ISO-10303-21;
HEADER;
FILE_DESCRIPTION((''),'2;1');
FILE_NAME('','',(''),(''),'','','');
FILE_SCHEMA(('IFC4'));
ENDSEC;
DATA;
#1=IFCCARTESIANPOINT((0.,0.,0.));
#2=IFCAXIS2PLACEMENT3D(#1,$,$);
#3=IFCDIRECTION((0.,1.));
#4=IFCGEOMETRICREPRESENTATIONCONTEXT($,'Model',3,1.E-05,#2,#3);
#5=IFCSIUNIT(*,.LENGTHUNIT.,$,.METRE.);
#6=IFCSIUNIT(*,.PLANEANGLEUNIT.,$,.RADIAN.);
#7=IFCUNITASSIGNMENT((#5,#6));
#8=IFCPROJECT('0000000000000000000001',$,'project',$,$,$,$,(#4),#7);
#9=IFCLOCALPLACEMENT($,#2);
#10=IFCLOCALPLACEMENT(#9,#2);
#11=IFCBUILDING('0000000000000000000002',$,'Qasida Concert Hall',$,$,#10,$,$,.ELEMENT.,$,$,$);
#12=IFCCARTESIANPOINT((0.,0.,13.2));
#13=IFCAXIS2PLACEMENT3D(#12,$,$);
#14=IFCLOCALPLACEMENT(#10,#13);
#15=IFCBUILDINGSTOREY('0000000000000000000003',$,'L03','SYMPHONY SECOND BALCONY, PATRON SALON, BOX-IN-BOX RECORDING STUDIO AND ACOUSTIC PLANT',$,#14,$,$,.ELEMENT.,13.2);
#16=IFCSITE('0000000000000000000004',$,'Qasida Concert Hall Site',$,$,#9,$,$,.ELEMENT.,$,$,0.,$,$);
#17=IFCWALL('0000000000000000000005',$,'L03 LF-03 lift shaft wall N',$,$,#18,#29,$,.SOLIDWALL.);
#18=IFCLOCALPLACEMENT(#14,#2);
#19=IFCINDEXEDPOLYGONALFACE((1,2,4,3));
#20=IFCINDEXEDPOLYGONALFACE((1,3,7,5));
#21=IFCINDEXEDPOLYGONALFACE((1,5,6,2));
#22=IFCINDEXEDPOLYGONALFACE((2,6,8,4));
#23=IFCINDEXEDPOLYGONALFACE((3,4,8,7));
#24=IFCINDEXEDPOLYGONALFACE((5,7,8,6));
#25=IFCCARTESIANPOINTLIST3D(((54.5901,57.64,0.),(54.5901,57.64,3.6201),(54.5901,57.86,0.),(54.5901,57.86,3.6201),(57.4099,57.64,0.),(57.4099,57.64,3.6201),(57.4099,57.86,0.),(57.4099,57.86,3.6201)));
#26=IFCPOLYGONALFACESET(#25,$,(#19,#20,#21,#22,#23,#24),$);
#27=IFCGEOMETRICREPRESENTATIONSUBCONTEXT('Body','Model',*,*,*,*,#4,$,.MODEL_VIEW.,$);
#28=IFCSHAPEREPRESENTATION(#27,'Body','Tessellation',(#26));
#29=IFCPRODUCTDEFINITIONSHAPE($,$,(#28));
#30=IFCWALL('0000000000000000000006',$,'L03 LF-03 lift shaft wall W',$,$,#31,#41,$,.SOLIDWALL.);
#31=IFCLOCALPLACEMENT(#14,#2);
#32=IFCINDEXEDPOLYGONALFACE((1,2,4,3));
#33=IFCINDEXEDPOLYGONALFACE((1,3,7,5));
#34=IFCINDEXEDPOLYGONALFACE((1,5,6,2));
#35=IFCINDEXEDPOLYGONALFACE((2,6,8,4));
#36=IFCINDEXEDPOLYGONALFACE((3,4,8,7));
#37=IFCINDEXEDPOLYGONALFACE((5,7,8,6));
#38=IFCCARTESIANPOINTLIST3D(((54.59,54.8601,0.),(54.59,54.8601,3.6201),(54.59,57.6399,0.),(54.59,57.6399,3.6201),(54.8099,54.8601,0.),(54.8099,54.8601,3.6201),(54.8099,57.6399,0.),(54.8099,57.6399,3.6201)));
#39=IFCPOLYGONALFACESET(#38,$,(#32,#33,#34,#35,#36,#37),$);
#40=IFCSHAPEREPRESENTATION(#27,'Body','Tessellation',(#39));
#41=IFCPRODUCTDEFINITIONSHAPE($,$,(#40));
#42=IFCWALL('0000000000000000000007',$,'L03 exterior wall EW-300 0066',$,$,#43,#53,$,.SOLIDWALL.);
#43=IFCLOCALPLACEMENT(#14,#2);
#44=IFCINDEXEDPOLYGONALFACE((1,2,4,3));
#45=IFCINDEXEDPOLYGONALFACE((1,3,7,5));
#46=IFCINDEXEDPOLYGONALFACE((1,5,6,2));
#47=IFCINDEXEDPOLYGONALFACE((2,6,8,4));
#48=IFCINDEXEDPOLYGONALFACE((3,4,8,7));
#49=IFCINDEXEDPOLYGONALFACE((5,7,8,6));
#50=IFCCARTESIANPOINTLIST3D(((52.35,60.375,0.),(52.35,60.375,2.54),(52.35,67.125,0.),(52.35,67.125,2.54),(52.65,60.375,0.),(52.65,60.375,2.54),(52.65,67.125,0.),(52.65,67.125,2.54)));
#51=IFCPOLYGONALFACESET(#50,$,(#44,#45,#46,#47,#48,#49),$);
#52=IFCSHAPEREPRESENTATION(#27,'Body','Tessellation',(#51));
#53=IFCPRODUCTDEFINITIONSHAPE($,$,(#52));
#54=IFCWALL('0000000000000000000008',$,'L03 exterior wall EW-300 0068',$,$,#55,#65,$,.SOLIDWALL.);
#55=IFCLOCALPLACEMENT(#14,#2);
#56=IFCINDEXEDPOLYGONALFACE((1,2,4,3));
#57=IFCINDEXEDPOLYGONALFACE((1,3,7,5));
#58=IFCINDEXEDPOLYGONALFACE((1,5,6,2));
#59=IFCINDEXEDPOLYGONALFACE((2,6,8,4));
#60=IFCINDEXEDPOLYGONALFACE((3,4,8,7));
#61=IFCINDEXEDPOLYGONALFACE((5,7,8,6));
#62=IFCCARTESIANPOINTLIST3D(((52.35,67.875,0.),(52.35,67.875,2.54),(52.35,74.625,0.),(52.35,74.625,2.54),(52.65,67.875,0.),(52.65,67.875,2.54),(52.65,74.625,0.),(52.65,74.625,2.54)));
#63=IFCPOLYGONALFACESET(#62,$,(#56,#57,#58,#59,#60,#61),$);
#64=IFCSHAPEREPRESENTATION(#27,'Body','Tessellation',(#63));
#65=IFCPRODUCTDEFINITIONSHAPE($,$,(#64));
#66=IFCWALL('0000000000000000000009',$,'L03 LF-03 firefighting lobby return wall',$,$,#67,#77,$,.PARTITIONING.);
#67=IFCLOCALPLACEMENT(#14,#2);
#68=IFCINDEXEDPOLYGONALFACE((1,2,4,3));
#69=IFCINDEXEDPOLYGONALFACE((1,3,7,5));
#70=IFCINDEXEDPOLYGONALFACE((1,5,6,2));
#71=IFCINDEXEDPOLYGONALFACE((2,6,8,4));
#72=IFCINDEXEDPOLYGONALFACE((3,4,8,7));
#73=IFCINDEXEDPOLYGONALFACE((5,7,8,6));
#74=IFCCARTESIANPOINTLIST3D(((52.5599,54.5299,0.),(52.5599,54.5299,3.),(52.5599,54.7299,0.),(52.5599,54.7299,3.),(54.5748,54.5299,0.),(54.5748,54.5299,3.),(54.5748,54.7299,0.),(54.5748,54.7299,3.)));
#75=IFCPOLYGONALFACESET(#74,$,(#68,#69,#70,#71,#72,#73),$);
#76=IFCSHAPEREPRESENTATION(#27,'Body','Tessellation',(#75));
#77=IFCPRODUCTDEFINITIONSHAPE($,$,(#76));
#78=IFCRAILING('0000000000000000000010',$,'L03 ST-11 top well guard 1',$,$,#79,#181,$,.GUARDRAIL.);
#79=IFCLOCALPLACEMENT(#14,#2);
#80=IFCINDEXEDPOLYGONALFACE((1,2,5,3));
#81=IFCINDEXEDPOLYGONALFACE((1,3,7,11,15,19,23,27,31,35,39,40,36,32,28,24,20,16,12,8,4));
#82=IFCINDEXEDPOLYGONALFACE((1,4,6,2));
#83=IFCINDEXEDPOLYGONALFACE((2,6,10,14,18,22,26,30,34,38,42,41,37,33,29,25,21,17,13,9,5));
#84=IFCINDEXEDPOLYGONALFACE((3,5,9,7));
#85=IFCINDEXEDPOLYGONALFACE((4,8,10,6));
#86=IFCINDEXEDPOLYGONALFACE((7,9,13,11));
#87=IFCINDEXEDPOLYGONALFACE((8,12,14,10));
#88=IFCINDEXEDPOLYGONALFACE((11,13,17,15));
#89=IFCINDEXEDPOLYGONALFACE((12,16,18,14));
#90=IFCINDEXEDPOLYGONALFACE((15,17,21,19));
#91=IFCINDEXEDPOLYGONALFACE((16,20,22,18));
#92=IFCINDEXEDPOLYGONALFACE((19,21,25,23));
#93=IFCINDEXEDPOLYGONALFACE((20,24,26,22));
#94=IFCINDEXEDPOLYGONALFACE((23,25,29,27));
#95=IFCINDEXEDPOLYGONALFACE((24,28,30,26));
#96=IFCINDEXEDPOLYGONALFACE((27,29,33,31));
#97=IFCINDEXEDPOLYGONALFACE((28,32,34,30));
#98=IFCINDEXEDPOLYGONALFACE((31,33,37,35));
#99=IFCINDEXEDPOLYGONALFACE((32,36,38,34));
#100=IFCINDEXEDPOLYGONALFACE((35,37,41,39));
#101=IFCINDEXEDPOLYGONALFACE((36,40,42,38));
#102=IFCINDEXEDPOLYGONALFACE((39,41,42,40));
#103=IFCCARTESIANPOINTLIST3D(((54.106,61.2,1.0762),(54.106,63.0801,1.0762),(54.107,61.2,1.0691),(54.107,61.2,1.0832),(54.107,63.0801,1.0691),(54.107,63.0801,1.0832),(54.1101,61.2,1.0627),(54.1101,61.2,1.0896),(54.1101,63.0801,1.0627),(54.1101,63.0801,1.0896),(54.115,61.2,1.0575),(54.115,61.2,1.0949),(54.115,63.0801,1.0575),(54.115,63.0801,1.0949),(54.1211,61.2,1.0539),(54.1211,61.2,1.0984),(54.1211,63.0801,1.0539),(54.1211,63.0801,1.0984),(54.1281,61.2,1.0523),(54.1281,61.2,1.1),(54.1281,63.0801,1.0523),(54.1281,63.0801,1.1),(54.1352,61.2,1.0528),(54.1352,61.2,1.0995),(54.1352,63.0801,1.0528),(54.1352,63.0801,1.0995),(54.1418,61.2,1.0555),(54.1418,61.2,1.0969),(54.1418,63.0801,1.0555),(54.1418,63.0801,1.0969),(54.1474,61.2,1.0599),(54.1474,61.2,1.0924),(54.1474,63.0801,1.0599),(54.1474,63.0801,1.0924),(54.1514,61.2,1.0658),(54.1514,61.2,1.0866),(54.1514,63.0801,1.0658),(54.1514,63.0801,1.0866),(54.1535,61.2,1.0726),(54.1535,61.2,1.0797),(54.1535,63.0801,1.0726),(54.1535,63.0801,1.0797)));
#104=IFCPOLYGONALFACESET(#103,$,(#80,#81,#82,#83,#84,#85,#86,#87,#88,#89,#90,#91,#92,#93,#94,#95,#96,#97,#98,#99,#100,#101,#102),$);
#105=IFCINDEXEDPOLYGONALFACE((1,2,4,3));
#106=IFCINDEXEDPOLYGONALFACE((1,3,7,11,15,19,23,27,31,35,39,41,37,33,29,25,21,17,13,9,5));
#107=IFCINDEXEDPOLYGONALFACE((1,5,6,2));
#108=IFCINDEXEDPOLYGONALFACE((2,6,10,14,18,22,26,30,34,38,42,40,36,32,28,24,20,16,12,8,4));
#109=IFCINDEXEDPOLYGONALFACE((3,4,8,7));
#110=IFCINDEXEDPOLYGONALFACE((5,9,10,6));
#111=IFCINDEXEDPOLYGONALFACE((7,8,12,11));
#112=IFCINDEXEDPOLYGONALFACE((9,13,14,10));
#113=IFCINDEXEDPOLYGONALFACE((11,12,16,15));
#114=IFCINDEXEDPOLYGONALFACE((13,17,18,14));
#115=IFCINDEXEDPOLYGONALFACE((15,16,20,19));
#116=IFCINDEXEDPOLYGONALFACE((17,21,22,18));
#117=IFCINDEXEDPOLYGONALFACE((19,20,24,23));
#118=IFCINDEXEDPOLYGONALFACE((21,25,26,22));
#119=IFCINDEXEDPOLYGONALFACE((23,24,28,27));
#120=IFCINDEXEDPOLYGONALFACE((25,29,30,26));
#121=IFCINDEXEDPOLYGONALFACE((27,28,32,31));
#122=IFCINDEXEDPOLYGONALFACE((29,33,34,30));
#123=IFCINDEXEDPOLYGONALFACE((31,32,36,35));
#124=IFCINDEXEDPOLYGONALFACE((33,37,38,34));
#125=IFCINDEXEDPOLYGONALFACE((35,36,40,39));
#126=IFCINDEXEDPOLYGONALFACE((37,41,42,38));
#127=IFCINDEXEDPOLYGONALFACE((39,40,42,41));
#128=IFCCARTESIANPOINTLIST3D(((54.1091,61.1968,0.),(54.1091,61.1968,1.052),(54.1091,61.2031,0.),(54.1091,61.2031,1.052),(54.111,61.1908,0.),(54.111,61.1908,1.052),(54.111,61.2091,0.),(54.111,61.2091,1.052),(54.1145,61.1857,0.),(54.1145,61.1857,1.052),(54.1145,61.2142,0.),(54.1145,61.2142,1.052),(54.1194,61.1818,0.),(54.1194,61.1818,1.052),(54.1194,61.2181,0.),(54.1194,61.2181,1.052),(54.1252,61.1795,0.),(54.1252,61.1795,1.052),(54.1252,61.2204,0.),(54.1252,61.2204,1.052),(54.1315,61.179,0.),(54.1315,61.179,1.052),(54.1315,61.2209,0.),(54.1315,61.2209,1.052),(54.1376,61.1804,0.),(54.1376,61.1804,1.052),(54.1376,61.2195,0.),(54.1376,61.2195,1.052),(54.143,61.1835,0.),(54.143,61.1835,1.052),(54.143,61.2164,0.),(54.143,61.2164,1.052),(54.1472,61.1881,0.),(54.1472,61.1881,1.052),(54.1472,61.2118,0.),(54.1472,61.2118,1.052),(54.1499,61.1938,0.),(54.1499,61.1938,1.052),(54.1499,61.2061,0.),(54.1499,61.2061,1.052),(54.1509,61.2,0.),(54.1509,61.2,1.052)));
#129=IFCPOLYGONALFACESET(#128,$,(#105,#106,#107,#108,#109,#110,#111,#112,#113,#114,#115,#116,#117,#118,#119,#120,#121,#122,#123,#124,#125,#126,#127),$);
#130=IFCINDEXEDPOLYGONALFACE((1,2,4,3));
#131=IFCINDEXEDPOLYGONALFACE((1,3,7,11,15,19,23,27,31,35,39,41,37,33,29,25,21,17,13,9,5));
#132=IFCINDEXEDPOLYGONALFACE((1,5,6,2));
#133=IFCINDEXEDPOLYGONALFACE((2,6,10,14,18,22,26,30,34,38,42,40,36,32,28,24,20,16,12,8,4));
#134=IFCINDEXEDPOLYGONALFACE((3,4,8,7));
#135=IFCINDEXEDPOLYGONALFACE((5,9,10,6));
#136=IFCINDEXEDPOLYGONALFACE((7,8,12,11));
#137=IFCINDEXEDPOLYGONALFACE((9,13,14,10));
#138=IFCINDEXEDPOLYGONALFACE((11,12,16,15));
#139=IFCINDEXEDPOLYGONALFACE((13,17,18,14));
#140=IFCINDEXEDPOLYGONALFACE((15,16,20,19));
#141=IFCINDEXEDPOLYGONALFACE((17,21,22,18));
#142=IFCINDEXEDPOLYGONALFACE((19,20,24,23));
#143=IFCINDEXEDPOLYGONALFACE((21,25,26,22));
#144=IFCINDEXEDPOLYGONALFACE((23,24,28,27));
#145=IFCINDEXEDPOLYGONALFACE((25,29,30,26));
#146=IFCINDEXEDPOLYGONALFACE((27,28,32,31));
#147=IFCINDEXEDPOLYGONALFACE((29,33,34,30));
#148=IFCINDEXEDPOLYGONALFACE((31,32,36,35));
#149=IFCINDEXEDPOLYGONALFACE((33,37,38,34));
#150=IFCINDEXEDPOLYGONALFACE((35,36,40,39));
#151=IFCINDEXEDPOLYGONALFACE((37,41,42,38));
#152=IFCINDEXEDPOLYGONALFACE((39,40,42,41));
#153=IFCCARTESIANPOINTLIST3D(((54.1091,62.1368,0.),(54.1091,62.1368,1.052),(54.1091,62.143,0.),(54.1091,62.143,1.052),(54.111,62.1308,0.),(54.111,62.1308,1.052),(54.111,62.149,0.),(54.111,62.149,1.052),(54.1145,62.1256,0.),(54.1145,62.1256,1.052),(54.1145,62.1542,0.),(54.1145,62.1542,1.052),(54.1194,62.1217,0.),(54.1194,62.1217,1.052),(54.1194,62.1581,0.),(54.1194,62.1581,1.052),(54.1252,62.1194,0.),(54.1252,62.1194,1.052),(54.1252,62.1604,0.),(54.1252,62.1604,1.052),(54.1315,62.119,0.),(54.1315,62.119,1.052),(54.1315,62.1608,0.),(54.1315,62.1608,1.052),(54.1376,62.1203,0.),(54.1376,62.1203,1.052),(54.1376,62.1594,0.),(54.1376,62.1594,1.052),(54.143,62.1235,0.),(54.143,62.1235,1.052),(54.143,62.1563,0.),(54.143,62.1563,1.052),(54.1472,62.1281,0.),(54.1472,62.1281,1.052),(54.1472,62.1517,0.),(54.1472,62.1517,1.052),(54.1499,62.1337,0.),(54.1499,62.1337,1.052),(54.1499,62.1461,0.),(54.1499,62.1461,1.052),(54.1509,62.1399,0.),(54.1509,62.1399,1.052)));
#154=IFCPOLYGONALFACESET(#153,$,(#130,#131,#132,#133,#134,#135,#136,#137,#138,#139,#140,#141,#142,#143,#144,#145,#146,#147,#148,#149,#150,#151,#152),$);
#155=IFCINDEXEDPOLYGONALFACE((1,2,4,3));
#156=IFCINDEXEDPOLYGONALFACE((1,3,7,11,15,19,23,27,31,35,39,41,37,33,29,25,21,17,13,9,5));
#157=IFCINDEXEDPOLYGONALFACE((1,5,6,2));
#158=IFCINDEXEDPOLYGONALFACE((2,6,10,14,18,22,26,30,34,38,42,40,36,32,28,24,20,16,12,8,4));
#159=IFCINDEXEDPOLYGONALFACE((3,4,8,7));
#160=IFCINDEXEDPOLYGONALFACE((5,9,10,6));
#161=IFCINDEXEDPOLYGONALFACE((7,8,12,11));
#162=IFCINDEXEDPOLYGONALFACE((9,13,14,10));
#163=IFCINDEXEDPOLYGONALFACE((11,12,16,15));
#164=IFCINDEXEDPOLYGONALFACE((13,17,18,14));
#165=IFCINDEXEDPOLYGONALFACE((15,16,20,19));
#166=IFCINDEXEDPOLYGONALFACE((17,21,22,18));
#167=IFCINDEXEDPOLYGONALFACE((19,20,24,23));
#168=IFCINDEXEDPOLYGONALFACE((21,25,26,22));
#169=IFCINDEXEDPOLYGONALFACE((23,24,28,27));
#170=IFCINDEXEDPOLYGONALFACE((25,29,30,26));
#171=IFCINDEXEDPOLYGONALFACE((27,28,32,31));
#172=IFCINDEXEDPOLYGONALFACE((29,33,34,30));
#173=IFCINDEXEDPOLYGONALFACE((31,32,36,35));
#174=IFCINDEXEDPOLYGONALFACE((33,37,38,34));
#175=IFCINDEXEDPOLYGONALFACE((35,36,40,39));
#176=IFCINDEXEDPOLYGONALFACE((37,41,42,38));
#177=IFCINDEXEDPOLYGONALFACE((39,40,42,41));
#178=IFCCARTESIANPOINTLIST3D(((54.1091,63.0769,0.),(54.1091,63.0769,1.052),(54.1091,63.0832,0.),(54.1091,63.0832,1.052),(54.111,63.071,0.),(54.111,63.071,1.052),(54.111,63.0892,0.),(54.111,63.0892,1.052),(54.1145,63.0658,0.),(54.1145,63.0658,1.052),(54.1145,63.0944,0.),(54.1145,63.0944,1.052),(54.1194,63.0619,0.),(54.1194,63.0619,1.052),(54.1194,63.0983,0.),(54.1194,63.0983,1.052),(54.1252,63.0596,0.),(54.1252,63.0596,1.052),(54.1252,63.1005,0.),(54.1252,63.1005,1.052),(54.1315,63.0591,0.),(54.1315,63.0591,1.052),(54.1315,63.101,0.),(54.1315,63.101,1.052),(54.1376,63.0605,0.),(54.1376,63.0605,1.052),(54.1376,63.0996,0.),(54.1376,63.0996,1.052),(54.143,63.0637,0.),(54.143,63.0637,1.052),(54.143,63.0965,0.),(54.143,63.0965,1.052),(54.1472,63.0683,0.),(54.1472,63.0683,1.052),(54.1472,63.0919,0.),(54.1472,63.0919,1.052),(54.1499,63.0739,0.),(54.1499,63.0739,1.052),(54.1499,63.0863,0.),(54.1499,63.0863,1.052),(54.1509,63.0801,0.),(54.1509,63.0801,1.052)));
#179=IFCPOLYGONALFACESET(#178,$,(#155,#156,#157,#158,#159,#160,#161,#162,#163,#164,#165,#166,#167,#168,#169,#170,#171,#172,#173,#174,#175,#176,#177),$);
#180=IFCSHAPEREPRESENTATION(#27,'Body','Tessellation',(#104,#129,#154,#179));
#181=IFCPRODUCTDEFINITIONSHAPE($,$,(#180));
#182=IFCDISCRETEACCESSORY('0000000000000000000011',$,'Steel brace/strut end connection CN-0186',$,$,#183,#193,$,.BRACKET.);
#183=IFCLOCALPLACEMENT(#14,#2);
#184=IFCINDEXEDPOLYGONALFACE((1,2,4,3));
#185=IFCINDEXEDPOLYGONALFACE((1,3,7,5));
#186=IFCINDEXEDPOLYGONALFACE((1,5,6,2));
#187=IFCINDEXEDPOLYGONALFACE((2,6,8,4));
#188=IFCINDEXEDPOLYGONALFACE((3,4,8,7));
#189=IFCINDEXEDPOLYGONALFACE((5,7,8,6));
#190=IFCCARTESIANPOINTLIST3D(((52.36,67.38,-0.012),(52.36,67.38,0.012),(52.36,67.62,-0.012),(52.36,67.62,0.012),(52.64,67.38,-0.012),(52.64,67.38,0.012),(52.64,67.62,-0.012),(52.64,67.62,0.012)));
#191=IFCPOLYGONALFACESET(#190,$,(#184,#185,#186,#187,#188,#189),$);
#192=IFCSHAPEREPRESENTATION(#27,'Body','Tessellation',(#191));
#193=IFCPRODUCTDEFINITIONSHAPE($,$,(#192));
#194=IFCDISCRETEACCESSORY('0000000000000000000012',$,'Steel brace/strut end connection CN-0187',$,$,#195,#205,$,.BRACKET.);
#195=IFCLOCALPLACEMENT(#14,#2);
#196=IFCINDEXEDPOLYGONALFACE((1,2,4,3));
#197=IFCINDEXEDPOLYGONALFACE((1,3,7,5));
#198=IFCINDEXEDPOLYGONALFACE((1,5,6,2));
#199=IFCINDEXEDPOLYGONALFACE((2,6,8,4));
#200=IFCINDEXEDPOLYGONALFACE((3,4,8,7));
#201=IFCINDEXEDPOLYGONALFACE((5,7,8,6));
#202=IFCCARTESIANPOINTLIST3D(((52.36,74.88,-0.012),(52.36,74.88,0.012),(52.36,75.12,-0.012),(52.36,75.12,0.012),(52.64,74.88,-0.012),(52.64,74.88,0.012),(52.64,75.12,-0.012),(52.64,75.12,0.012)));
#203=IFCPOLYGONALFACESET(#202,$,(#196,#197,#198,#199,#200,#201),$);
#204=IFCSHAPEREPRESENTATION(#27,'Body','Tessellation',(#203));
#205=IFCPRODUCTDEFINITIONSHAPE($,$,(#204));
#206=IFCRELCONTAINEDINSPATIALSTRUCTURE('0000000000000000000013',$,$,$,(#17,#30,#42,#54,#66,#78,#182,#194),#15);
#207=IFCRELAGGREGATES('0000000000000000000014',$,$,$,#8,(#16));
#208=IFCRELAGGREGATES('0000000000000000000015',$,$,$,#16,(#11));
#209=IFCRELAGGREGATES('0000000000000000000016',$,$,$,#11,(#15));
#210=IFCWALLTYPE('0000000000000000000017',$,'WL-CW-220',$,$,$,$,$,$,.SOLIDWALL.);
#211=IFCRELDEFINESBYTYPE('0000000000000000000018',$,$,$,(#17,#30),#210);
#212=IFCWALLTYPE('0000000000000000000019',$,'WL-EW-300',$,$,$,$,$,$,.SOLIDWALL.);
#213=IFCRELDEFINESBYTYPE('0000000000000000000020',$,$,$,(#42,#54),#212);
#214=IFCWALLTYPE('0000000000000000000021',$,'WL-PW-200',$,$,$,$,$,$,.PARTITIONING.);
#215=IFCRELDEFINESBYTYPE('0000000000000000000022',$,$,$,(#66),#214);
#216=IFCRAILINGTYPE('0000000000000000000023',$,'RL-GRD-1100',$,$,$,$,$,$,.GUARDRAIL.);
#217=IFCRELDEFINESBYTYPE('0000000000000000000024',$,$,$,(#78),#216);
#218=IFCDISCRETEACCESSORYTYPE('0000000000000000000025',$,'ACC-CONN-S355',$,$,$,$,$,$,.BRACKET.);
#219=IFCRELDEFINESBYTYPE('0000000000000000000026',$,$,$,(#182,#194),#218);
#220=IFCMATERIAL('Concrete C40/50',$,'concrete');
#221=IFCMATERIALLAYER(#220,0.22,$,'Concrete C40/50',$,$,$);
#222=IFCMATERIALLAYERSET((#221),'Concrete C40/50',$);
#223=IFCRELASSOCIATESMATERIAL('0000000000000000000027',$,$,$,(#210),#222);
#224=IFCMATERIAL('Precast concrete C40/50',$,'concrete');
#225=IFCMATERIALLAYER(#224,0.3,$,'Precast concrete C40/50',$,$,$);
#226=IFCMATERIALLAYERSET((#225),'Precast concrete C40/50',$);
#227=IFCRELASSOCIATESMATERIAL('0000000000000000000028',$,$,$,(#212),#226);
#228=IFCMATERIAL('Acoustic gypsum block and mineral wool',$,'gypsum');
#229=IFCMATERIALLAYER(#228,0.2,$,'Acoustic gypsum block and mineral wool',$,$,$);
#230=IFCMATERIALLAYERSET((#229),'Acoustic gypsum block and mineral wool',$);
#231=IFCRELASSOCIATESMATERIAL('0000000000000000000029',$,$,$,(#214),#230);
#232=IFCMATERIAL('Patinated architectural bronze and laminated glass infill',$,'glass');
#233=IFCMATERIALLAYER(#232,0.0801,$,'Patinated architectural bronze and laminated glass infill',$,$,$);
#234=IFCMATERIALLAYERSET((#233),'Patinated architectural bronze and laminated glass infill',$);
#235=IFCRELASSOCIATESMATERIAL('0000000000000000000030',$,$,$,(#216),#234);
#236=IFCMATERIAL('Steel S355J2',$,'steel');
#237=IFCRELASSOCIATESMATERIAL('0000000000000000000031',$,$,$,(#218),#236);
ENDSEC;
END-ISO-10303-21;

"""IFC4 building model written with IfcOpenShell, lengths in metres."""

from ifc_helpers import new_model, si_unit, direction, frame, frame_2d, origin, origin_2d, place, context, subcontext, project, spatial, rectangle, circle, extrude, material, layer, layer_set, type_object, element, save


model = new_model("IFC4")

# Units and contexts
model_context = context("Model", 3, precision=1e-05, world=origin(), true_north=direction((0.0, 1.0)))
body_context = subcontext(model_context, "Body", "Model", "MODEL_VIEW")
ifc_project = project(units=[si_unit("LENGTHUNIT", "METRE"), si_unit("PLANEANGLEUNIT", "RADIAN")], contexts=[model_context])

# Site, building, storey
site_placement = place(None, origin())
site = spatial("IfcSite", under=ifc_project, at=site_placement, Name="Qasida Concert Hall Site", CompositionType="ELEMENT", RefElevation=0.0)
building_placement = place(site_placement, origin())
building = spatial("IfcBuilding", under=site, at=building_placement, Name="Qasida Concert Hall", CompositionType="ELEMENT")
storey_placement = place(building_placement, frame((0.0, 0.0, 13.2)))
storey = spatial("IfcBuildingStorey", under=building, at=storey_placement, Name="L03", Description="SYMPHONY SECOND BALCONY, PATRON SALON, BOX-IN-BOX RECORDING STUDIO AND ACOUSTIC PLANT", CompositionType="ELEMENT", Elevation=13.2)

# Shared definitions
ifc_material_1 = material(Name="Concrete C40/50", Category="concrete")
ifc_material_2 = material(Name="Steel S355J2", Category="steel")

# Shared definitions
ifc_layer_1 = layer(ifc_material_1, 0.22, Name="Concrete C40/50")
ifc_layer_set_1 = layer_set([ifc_layer_1], Name="Concrete C40/50")
wall_type_1 = type_object("IfcWallType", Name="WL-CW-220", PredefinedType="SOLIDWALL", material=ifc_layer_set_1)

# Walls
wall_1_placement = place(storey_placement, frame((54.5901, 57.75, 0.0), z_axis=(0.0, 0.0, 1.0), x_axis=(1.0, 0.0, 0.0)))
element("IfcWall", 1, at=wall_1_placement, inside=storey, type_object=wall_type_1, Name="L03 LF-03 lift shaft wall N", PredefinedType="SOLIDWALL", context=body_context, shape_type="SweptSolid", body=[
    extrude(rectangle(XDim=2.8198, YDim=0.22, at=frame_2d((1.4099, 0.0))), origin(), (0.0, 0.0, 1.0), 3.6201),
])
wall_2_placement = place(storey_placement, frame((54.7, 54.8601, 0.0), z_axis=(0.0, 0.0, 1.0), x_axis=(0.0, 1.0, 0.0)))
element("IfcWall", 2, at=wall_2_placement, inside=storey, type_object=wall_type_1, Name="L03 LF-03 lift shaft wall W", PredefinedType="SOLIDWALL", context=body_context, shape_type="SweptSolid", body=[
    extrude(rectangle(XDim=2.7798, YDim=0.22, at=frame_2d((1.3899, 0.0))), origin(), (0.0, 0.0, 1.0), 3.6201),
])
ifc_material_3 = material(Name="Precast concrete C40/50", Category="concrete")
ifc_layer_2 = layer(ifc_material_3, 0.3, Name="Precast concrete C40/50")
ifc_layer_set_2 = layer_set([ifc_layer_2], Name="Precast concrete C40/50")
wall_type_2 = type_object("IfcWallType", Name="WL-EW-300", PredefinedType="SOLIDWALL", material=ifc_layer_set_2)
for number, where, z_axis, x_axis, name in (
    (3, (52.5, 60.375, 0.0), (0.0, 0.0, 1.0), (0.0, 1.0, 0.0), "L03 exterior wall EW-300 0066"),
    (4, (52.5, 67.875, 0.0), (0.0, 0.0, 1.0), (0.0, 1.0, 0.0), "L03 exterior wall EW-300 0068"),
):
    element("IfcWall", number, at=place(storey_placement, frame(where, z_axis=z_axis, x_axis=x_axis)), inside=storey, type_object=wall_type_2, Name=name, PredefinedType="SOLIDWALL", context=body_context, shape_type="SweptSolid", body=[
        extrude(rectangle(XDim=6.75, YDim=0.3, at=frame_2d((3.375, 0.0))), origin(), (0.0, 0.0, 1.0), 2.54),
    ])
ifc_material_4 = material(Name="Acoustic gypsum block and mineral wool", Category="gypsum")
ifc_layer_3 = layer(ifc_material_4, 0.2, Name="Acoustic gypsum block and mineral wool")
ifc_layer_set_3 = layer_set([ifc_layer_3], Name="Acoustic gypsum block and mineral wool")
wall_type_3 = type_object("IfcWallType", Name="WL-PW-200", PredefinedType="PARTITIONING", material=ifc_layer_set_3)
wall_3_placement = place(storey_placement, frame((52.5601, 54.6299, 0.0), z_axis=(0.0, 0.0, 1.0), x_axis=(1.0, 0.0, 0.0)))
element("IfcWall", 5, at=wall_3_placement, inside=storey, type_object=wall_type_3, Name="L03 LF-03 firefighting lobby return wall", PredefinedType="PARTITIONING", context=body_context, shape_type="SweptSolid", body=[
    extrude(rectangle(XDim=2.0149, YDim=0.2, at=frame_2d((1.0073, 0.0))), origin(), (0.0, 0.0, 1.0), 3.0),
])

# Railing
ifc_material_5 = material(Name="Patinated architectural bronze and laminated glass infill", Category="glass")
ifc_layer_4 = layer(ifc_material_5, 0.0801, Name="Patinated architectural bronze and laminated glass infill")
ifc_layer_set_4 = layer_set([ifc_layer_4], Name="Patinated architectural bronze and laminated glass infill")
railing_type = type_object("IfcRailingType", Name="RL-GRD-1100", PredefinedType="GUARDRAIL", material=ifc_layer_set_4)
railing_placement = place(storey_placement, frame((54.1299, 61.2, 0.0)))
element("IfcRailing", 6, at=railing_placement, inside=storey, type_object=railing_type, Name="L03 ST-11 top well guard 1", PredefinedType="GUARDRAIL", context=body_context, shape_type="SweptSolid", body=[
    extrude(circle(Radius=0.0239, at=origin_2d()), frame((0.0, 0.0, 1.0762), z_axis=(0.0, 1.0, 0.0), x_axis=(-1.0, 0.0, 0.0)), (0.0, 0.0, 1.0), 1.8801),
    extrude(circle(Radius=0.021, at=origin_2d()), origin(), (0.0, 0.0, 1.0), 1.052),
    extrude(circle(Radius=0.021, at=origin_2d()), frame((0.0, 0.9399, 0.0)), (0.0, 0.0, 1.0), 1.052),
    extrude(circle(Radius=0.021, at=origin_2d()), frame((0.0, 1.8801, 0.0)), (0.0, 0.0, 1.0), 1.052),
])

# Discrete accessories
discrete_accessory_type = type_object("IfcDiscreteAccessoryType", Name="ACC-CONN-S355", PredefinedType="BRACKET", material=ifc_material_2)
for number, where, z_axis, x_axis, name in (
    (7, (52.5, 67.5, -0.012), (0.0, 0.0, 1.0), (1.0, 0.0, 0.0), "Steel brace/strut end connection CN-0186"),
    (8, (52.5, 75.0, -0.012), (0.0, 0.0, 1.0), (1.0, 0.0, 0.0), "Steel brace/strut end connection CN-0187"),
):
    element("IfcDiscreteAccessory", number, at=place(storey_placement, frame(where, z_axis=z_axis, x_axis=x_axis)), inside=storey, type_object=discrete_accessory_type, Name=name, PredefinedType="BRACKET", context=body_context, shape_type="SweptSolid", body=[
        extrude(rectangle(XDim=0.28, YDim=0.24, at=origin_2d()), origin(), (0.0, 0.0, 1.0), 0.0239),
    ])

save(model, "model.ifc")
